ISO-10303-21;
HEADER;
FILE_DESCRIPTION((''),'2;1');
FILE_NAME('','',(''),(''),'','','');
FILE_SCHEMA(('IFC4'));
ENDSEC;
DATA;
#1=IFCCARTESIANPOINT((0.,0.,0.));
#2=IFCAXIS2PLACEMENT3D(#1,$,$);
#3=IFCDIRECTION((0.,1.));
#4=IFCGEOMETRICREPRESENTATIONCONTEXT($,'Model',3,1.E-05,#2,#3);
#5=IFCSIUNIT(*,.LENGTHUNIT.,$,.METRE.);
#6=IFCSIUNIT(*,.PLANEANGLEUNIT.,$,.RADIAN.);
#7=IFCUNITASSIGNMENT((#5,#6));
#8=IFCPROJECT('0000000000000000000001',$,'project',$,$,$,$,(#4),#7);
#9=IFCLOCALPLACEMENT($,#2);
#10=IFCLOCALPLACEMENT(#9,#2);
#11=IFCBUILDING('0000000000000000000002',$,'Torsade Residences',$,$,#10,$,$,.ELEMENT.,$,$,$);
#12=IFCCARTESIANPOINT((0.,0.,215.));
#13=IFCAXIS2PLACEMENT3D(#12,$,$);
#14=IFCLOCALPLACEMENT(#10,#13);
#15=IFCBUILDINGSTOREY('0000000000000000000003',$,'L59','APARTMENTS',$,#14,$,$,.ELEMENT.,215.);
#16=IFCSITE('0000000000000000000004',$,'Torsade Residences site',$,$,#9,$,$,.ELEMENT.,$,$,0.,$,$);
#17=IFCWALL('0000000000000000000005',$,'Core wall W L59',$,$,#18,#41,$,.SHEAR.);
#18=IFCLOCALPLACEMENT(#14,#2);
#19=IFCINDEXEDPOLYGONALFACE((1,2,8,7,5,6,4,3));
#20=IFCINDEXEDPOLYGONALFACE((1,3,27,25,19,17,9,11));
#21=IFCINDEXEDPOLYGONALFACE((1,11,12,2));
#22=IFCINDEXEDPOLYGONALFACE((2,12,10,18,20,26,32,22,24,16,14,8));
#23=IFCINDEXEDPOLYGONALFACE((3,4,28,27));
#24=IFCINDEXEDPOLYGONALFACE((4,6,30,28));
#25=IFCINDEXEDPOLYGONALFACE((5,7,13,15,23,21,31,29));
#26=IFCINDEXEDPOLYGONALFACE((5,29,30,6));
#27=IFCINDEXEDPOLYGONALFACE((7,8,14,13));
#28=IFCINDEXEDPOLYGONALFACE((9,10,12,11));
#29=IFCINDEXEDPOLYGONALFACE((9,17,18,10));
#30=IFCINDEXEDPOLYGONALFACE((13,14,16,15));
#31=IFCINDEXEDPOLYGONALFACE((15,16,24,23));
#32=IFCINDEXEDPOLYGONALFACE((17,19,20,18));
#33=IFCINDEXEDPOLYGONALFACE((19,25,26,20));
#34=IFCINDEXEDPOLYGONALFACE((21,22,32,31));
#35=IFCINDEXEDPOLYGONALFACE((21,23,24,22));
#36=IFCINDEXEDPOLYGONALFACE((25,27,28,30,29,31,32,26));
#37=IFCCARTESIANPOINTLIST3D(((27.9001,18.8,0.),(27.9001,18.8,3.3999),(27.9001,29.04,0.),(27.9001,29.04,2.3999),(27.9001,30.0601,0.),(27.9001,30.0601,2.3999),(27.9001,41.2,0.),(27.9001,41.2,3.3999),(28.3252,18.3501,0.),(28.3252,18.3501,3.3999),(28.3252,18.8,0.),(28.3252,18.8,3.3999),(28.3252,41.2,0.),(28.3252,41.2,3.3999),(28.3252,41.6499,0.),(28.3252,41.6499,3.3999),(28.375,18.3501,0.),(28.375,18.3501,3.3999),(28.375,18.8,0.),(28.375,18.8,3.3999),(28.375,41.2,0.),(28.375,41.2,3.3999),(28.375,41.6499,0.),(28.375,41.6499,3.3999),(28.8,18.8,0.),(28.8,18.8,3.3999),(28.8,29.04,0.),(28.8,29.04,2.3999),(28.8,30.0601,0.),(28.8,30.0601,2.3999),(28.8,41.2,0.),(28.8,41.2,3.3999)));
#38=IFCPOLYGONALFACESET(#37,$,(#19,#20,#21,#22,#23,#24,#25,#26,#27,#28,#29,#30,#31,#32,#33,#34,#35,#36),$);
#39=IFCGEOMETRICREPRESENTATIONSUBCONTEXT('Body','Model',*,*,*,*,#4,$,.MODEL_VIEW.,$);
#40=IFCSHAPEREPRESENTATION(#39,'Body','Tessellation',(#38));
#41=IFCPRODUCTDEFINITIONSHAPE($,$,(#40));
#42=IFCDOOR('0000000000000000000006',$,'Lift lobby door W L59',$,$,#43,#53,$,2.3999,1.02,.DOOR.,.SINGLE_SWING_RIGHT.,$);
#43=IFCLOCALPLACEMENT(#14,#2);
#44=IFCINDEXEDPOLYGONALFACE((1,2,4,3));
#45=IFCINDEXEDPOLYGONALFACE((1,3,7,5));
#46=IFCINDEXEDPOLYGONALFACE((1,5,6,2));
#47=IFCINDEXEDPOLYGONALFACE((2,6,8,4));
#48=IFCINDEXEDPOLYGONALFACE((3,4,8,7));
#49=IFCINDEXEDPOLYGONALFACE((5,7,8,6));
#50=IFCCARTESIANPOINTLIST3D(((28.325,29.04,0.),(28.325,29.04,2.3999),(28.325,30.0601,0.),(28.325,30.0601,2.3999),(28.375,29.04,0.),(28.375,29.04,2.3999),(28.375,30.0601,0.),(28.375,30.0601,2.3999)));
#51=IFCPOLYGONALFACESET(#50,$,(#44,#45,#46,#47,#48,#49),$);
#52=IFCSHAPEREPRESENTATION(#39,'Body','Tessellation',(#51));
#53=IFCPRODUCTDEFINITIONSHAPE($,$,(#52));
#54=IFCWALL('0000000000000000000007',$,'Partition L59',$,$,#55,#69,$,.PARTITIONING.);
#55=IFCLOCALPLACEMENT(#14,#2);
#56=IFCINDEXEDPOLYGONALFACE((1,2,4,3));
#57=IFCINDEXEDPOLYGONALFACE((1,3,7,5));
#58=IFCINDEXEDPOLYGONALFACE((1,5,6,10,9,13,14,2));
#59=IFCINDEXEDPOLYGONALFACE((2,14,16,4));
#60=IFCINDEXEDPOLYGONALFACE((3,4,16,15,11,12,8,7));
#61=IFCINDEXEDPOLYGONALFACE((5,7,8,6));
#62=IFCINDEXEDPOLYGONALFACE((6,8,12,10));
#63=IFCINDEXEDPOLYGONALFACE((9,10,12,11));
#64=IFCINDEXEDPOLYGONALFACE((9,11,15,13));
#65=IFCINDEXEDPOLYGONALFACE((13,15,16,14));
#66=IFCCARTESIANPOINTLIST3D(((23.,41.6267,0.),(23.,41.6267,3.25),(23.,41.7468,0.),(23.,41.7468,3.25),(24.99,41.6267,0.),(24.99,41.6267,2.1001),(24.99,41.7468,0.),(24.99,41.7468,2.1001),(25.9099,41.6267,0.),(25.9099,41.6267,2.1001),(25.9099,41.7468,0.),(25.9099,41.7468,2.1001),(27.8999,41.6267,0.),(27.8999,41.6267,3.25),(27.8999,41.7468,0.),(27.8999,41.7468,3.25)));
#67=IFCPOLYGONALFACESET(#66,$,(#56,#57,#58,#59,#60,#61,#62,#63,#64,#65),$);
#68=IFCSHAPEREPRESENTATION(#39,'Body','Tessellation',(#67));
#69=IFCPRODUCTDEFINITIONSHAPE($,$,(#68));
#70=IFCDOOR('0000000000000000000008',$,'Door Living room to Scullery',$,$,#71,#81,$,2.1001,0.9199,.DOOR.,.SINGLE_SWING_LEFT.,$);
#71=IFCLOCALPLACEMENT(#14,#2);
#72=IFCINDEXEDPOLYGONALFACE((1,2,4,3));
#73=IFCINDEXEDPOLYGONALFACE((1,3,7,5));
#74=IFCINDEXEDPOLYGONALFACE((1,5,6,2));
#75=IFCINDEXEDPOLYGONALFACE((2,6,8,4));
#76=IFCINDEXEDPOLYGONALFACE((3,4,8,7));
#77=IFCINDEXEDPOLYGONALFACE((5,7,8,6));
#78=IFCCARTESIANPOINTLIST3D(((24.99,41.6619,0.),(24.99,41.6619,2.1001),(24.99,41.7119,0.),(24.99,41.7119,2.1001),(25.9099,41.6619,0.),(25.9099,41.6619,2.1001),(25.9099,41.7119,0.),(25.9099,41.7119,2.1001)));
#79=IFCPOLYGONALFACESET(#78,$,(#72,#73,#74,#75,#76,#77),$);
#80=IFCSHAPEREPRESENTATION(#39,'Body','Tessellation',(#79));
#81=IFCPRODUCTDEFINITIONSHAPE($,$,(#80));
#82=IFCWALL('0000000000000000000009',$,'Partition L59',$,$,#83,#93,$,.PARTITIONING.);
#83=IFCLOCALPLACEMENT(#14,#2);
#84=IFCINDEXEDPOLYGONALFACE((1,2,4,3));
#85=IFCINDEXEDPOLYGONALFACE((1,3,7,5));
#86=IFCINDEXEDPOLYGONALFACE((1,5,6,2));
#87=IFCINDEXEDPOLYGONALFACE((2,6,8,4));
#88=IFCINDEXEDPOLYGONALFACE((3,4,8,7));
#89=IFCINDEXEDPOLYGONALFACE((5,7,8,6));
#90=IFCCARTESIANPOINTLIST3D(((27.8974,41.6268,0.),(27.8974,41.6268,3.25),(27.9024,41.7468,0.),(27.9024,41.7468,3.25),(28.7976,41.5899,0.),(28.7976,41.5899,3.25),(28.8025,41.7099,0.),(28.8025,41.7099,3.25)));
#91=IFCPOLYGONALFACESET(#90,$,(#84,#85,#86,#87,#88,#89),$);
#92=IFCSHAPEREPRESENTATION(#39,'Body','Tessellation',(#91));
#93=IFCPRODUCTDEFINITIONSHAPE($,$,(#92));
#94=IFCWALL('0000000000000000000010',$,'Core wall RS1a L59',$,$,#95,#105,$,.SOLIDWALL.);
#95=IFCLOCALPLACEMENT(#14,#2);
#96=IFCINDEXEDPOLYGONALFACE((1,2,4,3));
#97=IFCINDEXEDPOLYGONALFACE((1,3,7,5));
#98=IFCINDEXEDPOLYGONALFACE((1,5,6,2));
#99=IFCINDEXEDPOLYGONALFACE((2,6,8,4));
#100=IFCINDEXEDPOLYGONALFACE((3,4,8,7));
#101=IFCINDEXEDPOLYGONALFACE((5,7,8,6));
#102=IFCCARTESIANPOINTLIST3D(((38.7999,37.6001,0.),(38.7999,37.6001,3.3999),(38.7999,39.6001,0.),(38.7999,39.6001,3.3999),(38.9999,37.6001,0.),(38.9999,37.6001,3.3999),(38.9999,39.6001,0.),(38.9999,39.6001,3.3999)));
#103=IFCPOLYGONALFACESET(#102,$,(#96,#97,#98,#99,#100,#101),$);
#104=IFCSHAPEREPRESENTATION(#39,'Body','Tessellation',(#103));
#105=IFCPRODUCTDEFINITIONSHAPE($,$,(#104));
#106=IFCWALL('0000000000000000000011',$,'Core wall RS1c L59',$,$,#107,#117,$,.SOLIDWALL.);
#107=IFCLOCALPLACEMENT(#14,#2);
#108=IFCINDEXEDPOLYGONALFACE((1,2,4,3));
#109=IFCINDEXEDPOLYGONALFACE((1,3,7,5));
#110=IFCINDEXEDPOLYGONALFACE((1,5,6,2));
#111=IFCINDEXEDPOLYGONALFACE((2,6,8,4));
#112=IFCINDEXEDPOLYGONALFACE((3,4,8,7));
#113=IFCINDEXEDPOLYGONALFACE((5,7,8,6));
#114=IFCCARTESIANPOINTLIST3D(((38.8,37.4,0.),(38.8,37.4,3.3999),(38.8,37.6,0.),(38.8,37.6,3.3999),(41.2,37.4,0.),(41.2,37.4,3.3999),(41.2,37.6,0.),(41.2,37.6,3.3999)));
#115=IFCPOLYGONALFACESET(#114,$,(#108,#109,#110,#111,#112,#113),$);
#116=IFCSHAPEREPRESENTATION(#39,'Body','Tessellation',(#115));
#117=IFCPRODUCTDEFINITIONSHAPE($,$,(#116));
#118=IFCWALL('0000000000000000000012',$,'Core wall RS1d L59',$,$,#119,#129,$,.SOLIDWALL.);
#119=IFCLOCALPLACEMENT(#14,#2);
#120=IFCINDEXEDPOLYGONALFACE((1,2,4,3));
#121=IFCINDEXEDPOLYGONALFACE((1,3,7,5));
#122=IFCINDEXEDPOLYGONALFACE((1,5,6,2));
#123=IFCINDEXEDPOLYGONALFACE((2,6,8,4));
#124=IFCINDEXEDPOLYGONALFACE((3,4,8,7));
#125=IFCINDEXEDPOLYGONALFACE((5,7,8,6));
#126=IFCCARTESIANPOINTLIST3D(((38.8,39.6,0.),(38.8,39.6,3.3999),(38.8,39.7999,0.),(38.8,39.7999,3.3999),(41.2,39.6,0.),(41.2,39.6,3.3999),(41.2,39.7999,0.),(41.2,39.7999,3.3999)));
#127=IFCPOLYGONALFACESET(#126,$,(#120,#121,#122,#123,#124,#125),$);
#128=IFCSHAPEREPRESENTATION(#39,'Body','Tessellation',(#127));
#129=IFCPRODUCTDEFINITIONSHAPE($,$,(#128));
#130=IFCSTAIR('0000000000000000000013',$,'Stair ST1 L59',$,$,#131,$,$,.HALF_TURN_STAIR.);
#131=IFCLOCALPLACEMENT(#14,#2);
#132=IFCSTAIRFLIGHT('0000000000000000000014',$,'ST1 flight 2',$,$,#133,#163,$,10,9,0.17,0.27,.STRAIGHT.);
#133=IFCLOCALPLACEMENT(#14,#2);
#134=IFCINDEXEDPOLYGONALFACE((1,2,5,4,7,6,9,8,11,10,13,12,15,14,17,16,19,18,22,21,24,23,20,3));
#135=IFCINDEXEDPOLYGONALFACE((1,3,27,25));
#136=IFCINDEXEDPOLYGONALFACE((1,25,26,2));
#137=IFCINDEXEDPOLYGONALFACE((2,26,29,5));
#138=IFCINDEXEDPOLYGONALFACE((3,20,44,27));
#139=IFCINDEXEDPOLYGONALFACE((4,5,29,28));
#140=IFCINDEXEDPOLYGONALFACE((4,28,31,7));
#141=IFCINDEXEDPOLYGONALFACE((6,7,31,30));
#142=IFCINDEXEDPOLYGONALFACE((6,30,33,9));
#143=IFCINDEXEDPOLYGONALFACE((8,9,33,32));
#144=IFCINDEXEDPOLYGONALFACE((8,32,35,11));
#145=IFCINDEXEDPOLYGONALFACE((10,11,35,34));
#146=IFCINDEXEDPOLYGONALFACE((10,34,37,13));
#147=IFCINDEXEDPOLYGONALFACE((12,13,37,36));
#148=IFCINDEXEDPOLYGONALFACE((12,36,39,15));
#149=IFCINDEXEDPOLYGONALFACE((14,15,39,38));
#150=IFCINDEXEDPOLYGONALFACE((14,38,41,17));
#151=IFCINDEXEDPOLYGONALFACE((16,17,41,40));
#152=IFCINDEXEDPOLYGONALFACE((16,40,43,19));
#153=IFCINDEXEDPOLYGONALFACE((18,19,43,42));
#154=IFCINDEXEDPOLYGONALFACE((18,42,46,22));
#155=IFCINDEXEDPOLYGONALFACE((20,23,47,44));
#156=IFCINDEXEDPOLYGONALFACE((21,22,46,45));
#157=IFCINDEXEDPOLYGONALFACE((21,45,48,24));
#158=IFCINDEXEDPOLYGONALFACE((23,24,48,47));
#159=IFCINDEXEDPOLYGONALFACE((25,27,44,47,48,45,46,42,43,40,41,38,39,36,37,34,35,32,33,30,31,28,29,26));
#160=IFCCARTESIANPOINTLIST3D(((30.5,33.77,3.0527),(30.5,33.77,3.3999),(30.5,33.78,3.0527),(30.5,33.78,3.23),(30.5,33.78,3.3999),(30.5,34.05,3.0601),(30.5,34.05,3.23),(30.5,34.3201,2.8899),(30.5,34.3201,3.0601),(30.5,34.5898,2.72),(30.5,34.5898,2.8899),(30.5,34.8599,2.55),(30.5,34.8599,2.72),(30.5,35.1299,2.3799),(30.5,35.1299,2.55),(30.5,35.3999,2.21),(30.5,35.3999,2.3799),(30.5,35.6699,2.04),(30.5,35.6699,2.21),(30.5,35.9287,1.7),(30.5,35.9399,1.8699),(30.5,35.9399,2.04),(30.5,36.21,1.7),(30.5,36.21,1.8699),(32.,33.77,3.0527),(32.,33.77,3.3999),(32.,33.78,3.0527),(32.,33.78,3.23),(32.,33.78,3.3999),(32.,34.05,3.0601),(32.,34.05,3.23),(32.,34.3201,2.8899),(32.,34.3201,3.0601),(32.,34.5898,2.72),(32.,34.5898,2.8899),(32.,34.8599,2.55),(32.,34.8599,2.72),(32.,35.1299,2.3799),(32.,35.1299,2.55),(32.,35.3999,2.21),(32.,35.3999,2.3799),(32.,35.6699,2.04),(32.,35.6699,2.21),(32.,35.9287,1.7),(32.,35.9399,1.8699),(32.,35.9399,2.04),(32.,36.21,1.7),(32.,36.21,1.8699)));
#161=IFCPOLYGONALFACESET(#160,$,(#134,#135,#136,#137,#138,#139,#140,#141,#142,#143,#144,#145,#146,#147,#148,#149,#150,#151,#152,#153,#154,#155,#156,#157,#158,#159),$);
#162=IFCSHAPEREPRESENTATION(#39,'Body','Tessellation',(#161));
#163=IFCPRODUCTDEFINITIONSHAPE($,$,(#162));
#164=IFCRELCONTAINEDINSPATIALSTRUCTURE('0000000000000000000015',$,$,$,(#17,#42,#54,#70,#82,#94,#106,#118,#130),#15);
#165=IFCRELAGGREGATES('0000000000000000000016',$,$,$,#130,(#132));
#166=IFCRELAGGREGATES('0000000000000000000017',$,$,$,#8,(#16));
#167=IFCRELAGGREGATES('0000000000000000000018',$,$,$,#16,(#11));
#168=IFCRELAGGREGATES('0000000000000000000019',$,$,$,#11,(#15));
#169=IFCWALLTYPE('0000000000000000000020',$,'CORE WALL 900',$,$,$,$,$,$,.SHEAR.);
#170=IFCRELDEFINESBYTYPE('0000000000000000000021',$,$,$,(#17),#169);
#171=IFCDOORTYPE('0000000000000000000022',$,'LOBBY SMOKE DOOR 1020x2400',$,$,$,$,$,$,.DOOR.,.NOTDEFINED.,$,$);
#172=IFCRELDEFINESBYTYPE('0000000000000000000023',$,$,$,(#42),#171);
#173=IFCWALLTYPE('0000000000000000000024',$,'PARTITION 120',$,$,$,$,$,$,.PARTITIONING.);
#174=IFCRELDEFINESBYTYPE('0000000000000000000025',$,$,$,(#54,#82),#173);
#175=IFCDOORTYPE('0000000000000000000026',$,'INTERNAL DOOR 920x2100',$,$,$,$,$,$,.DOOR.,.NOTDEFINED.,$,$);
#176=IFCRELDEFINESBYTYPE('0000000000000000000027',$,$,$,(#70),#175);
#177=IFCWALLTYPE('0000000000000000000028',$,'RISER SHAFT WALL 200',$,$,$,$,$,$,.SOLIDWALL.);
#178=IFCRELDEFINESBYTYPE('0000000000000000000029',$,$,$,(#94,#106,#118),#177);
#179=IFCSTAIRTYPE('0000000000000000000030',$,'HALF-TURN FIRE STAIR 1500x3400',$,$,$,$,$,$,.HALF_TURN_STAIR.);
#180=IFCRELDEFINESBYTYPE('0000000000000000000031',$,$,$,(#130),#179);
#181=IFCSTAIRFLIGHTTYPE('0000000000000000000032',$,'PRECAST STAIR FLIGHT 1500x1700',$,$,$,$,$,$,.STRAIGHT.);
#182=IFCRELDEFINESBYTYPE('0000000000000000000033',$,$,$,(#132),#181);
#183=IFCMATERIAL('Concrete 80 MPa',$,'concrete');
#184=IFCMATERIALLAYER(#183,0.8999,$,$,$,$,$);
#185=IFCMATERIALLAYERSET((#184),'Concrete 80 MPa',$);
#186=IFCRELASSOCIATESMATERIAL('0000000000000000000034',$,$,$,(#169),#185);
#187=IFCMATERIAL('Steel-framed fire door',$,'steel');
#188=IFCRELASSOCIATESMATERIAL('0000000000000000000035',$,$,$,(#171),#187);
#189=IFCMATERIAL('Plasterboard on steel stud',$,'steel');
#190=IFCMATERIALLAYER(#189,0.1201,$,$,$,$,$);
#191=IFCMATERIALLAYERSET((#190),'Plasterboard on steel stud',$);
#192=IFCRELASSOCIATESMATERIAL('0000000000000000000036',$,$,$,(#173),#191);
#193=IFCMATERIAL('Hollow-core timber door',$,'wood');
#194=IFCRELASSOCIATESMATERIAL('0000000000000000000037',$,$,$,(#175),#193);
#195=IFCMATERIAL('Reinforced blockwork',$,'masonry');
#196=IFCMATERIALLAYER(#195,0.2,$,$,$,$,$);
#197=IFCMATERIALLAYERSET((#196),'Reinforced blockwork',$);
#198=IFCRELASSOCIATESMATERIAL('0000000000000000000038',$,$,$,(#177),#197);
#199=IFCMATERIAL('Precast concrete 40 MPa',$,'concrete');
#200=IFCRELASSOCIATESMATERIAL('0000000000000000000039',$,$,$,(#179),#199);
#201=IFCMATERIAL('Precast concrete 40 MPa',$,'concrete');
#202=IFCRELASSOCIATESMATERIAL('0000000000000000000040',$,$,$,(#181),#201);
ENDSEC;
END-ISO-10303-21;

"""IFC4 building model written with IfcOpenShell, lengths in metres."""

from ifc_helpers import new_model, si_unit, direction, frame, frame_2d, origin, place, context, subcontext, project, spatial, polyline, rectangle, outline, extrude, material, layer, layer_set, type_object, element, fill, aggregate, save


model = new_model("IFC4")

# Units and contexts
model_context = context("Model", 3, precision=1e-05, world=origin(), true_north=direction((0.0, 1.0)))
body_context = subcontext(model_context, "Body", "Model", "MODEL_VIEW")
ifc_project = project(units=[si_unit("LENGTHUNIT", "METRE"), si_unit("PLANEANGLEUNIT", "RADIAN")], contexts=[model_context])

# Site, building, storey
site_placement = place(None, origin())
site = spatial("IfcSite", under=ifc_project, at=site_placement, Name="Torsade Residences site", CompositionType="ELEMENT", RefElevation=0.0)
building_placement = place(site_placement, origin())
building = spatial("IfcBuilding", under=site, at=building_placement, Name="Torsade Residences", CompositionType="ELEMENT")
storey_placement = place(building_placement, frame((0.0, 0.0, 215.0)))
storey = spatial("IfcBuildingStorey", under=building, at=storey_placement, Name="L59", Description="APARTMENTS", CompositionType="ELEMENT", Elevation=215.0)

# Shared definitions
ifc_material_1 = material(Name="Concrete 80 MPa", Category="concrete")
ifc_layer_1 = layer(ifc_material_1, 0.8999)
ifc_layer_set_1 = layer_set([ifc_layer_1], Name="Concrete 80 MPa")
wall_type_1 = type_object("IfcWallType", Name="CORE WALL 900", PredefinedType="SHEAR", material=ifc_layer_set_1)

# Walls, openings, doors
wall_1_placement = place(storey_placement, frame((28.3501, 41.2, 0.0), z_axis=(0.0, 0.0, 1.0), x_axis=(0.0, -1.0, 0.0)))
wall_1 = element("IfcWall", 1, at=wall_1_placement, inside=storey, type_object=wall_type_1, Name="Core wall W L59", PredefinedType="SHEAR", context=body_context, shape_type="SweptSolid", body=[
    extrude(outline(polyline([(0.0, -0.45), (22.3999, -0.45), (22.3999, -0.0249), (22.8499, -0.0249), (22.8499, 0.0249), (22.3999, 0.0249), (22.3999, 0.45), (0.0, 0.45), (0.0, 0.0249), (-0.45, 0.0249), (-0.45, -0.0249), (0.0, -0.0249), (0.0, -0.45)])), origin(), (0.0, 0.0, 1.0), 3.3999),
])
opening_1_placement = place(wall_1_placement, frame((11.1399, 0.0, 0.0)))
opening_1 = element("IfcOpeningElement", 2, at=opening_1_placement, cuts=wall_1, PredefinedType="OPENING", context=body_context, shape_type="SweptSolid", body=[
    extrude(rectangle(XDim=1.02, YDim=2.3999, at=frame_2d((0.51, 1.2))), frame((0.0, 0.46, 0.0), z_axis=(0.0, -1.0, 0.0), x_axis=(1.0, 0.0, 0.0)), (0.0, 0.0, 1.0), 0.9199),
])
ifc_material_2 = material(Name="Steel-framed fire door", Category="steel")
door_type_1 = type_object("IfcDoorType", Name="LOBBY SMOKE DOOR 1020x2400", OperationType="NOTDEFINED", PredefinedType="DOOR", material=ifc_material_2)
door_1_placement = place(opening_1_placement, origin())
door_1 = element("IfcDoor", 3, at=door_1_placement, inside=storey, type_object=door_type_1, Name="Lift lobby door W L59", OperationType="SINGLE_SWING_RIGHT", OverallHeight=2.3999, OverallWidth=1.02, PredefinedType="DOOR", context=body_context, shape_type="SweptSolid", body=[
    extrude(rectangle(XDim=1.02, YDim=2.3999, at=frame_2d((0.51, 1.2))), frame((0.0, 0.0249, 0.0), z_axis=(0.0, -1.0, 0.0), x_axis=(1.0, 0.0, 0.0)), (0.0, 0.0, 1.0), 0.05),
])
fill(opening_1, door_1)
ifc_material_3 = material(Name="Plasterboard on steel stud", Category="steel")
ifc_layer_2 = layer(ifc_material_3, 0.1201)
ifc_layer_set_2 = layer_set([ifc_layer_2], Name="Plasterboard on steel stud")
wall_type_2 = type_object("IfcWallType", Name="PARTITION 120", PredefinedType="PARTITIONING", material=ifc_layer_set_2)
wall_2_placement = place(storey_placement, frame((27.8999, 41.6868, 0.0), z_axis=(0.0, 0.0, 1.0), x_axis=(-1.0, 0.0, 0.0)))
wall_2 = element("IfcWall", 4, at=wall_2_placement, inside=storey, type_object=wall_type_2, Name="Partition L59", PredefinedType="PARTITIONING", context=body_context, shape_type="SweptSolid", body=[
    extrude(rectangle(XDim=4.8999, YDim=0.1201, at=frame_2d((2.45, 0.0))), origin(), (0.0, 0.0, 1.0), 3.25),
])
opening_2_placement = place(wall_2_placement, frame((1.99, 0.0, 0.0)))
opening_2 = element("IfcOpeningElement", 5, at=opening_2_placement, cuts=wall_2, PredefinedType="OPENING", context=body_context, shape_type="SweptSolid", body=[
    extrude(rectangle(XDim=0.9199, YDim=2.1001, at=frame_2d((0.46, 1.05))), frame((0.0, 0.0701, 0.0), z_axis=(0.0, -1.0, 0.0), x_axis=(1.0, 0.0, 0.0)), (0.0, 0.0, 1.0), 0.1401),
])
ifc_material_4 = material(Name="Hollow-core timber door", Category="wood")
door_type_2 = type_object("IfcDoorType", Name="INTERNAL DOOR 920x2100", OperationType="NOTDEFINED", PredefinedType="DOOR", material=ifc_material_4)
door_2_placement = place(opening_2_placement, origin())
door_2 = element("IfcDoor", 6, at=door_2_placement, inside=storey, type_object=door_type_2, Name="Door Living room to Scullery", OperationType="SINGLE_SWING_LEFT", OverallHeight=2.1001, OverallWidth=0.9199, PredefinedType="DOOR", context=body_context, shape_type="SweptSolid", body=[
    extrude(rectangle(XDim=0.9199, YDim=2.1001, at=frame_2d((0.46, 1.05))), frame((0.0, 0.0249, 0.0), z_axis=(0.0, -1.0, 0.0), x_axis=(1.0, 0.0, 0.0)), (0.0, 0.0, 1.0), 0.05),
])
fill(opening_2, door_2)

# Walls
wall_3_placement = place(storey_placement, frame((27.8999, 41.6868, 0.0), z_axis=(0.0, 0.0, 1.0), x_axis=(0.999162, -0.04092, 0.0)))
element("IfcWall", 7, at=wall_3_placement, inside=storey, type_object=wall_type_2, Name="Partition L59", PredefinedType="PARTITIONING", context=body_context, shape_type="SweptSolid", body=[
    extrude(rectangle(XDim=0.9009, YDim=0.1201, at=frame_2d((0.4504, 0.0))), origin(), (0.0, 0.0, 1.0), 3.25),
])
ifc_material_5 = material(Name="Reinforced blockwork", Category="masonry")
ifc_layer_3 = layer(ifc_material_5, 0.2)
ifc_layer_set_3 = layer_set([ifc_layer_3], Name="Reinforced blockwork")
wall_type_3 = type_object("IfcWallType", Name="RISER SHAFT WALL 200", PredefinedType="SOLIDWALL", material=ifc_layer_set_3)
wall_4_placement = place(storey_placement, frame((38.8999, 37.6001, 0.0), z_axis=(0.0, 0.0, 1.0), x_axis=(0.0, 1.0, 0.0)))
element("IfcWall", 8, at=wall_4_placement, inside=storey, type_object=wall_type_3, Name="Core wall RS1a L59", PredefinedType="SOLIDWALL", context=body_context, shape_type="SweptSolid", body=[
    extrude(rectangle(XDim=2.0, YDim=0.2, at=frame_2d((1.0, 0.0))), origin(), (0.0, 0.0, 1.0), 3.3999),
])
for number, where, z_axis, x_axis, name in (
    (9, (38.8, 37.5, 0.0), (0.0, 0.0, 1.0), (1.0, 0.0, 0.0), "Core wall RS1c L59"),
    (10, (38.8, 39.7, 0.0), (0.0, 0.0, 1.0), (1.0, 0.0, 0.0), "Core wall RS1d L59"),
):
    element("IfcWall", number, at=place(storey_placement, frame(where, z_axis=z_axis, x_axis=x_axis)), inside=storey, type_object=wall_type_3, Name=name, PredefinedType="SOLIDWALL", context=body_context, shape_type="SweptSolid", body=[
        extrude(rectangle(XDim=2.3999, YDim=0.2, at=frame_2d((1.2, 0.0))), origin(), (0.0, 0.0, 1.0), 3.3999),
    ])

# Stair, stair flight
ifc_material_6 = material(Name="Precast concrete 40 MPa", Category="concrete")
stair_type = type_object("IfcStairType", Name="HALF-TURN FIRE STAIR 1500x3400", PredefinedType="HALF_TURN_STAIR", material=ifc_material_6)
stair_placement = place(storey_placement, origin())
stair = element("IfcStair", 11, at=stair_placement, inside=storey, type_object=stair_type, Name="Stair ST1 L59", PredefinedType="HALF_TURN_STAIR")
ifc_material_7 = material(Name="Precast concrete 40 MPa", Category="concrete")
stair_flight_type = type_object("IfcStairFlightType", Name="PRECAST STAIR FLIGHT 1500x1700", PredefinedType="STRAIGHT", material=ifc_material_7)
stair_flight_placement = place(storey_placement, frame((31.25, 36.21, 1.7), z_axis=(0.0, 0.0, 1.0), x_axis=(0.0, -1.0, 0.0)))
stair_flight = element("IfcStairFlight", 12, at=stair_flight_placement, type_object=stair_flight_type, Name="ST1 flight 2", NumberOfRisers=10, NumberOfTreads=9, PredefinedType="STRAIGHT", RiserHeight=0.17, TreadLength=0.27, context=body_context, shape_type="SweptSolid", body=[
    extrude(outline(polyline([(0.0, 0.0), (0.0, 0.1699), (0.27, 0.1699), (0.27, 0.3401), (0.54, 0.3401), (0.54, 0.51), (0.8101, 0.51), (0.8101, 0.6799), (1.0801, 0.6799), (1.0801, 0.8501), (1.3501, 0.8501), (1.3501, 1.02), (1.6201, 1.02), (1.6201, 1.1899), (1.8899, 1.1899), (1.8899, 1.3601), (2.1599, 1.3601), (2.1599, 1.53), (2.4299, 1.53), (2.4299, 1.7), (2.4399, 1.7), (2.4399, 1.3528), (2.4299, 1.3528), (0.2812, 0.0), (0.0, 0.0)])), frame((0.0, 0.75, 0.0), z_axis=(0.0, -1.0, 0.0), x_axis=(1.0, 0.0, 0.0)), (0.0, 0.0, 1.0), 1.5),
])
aggregate(stair, [stair_flight])

save(model, "model.ifc")
